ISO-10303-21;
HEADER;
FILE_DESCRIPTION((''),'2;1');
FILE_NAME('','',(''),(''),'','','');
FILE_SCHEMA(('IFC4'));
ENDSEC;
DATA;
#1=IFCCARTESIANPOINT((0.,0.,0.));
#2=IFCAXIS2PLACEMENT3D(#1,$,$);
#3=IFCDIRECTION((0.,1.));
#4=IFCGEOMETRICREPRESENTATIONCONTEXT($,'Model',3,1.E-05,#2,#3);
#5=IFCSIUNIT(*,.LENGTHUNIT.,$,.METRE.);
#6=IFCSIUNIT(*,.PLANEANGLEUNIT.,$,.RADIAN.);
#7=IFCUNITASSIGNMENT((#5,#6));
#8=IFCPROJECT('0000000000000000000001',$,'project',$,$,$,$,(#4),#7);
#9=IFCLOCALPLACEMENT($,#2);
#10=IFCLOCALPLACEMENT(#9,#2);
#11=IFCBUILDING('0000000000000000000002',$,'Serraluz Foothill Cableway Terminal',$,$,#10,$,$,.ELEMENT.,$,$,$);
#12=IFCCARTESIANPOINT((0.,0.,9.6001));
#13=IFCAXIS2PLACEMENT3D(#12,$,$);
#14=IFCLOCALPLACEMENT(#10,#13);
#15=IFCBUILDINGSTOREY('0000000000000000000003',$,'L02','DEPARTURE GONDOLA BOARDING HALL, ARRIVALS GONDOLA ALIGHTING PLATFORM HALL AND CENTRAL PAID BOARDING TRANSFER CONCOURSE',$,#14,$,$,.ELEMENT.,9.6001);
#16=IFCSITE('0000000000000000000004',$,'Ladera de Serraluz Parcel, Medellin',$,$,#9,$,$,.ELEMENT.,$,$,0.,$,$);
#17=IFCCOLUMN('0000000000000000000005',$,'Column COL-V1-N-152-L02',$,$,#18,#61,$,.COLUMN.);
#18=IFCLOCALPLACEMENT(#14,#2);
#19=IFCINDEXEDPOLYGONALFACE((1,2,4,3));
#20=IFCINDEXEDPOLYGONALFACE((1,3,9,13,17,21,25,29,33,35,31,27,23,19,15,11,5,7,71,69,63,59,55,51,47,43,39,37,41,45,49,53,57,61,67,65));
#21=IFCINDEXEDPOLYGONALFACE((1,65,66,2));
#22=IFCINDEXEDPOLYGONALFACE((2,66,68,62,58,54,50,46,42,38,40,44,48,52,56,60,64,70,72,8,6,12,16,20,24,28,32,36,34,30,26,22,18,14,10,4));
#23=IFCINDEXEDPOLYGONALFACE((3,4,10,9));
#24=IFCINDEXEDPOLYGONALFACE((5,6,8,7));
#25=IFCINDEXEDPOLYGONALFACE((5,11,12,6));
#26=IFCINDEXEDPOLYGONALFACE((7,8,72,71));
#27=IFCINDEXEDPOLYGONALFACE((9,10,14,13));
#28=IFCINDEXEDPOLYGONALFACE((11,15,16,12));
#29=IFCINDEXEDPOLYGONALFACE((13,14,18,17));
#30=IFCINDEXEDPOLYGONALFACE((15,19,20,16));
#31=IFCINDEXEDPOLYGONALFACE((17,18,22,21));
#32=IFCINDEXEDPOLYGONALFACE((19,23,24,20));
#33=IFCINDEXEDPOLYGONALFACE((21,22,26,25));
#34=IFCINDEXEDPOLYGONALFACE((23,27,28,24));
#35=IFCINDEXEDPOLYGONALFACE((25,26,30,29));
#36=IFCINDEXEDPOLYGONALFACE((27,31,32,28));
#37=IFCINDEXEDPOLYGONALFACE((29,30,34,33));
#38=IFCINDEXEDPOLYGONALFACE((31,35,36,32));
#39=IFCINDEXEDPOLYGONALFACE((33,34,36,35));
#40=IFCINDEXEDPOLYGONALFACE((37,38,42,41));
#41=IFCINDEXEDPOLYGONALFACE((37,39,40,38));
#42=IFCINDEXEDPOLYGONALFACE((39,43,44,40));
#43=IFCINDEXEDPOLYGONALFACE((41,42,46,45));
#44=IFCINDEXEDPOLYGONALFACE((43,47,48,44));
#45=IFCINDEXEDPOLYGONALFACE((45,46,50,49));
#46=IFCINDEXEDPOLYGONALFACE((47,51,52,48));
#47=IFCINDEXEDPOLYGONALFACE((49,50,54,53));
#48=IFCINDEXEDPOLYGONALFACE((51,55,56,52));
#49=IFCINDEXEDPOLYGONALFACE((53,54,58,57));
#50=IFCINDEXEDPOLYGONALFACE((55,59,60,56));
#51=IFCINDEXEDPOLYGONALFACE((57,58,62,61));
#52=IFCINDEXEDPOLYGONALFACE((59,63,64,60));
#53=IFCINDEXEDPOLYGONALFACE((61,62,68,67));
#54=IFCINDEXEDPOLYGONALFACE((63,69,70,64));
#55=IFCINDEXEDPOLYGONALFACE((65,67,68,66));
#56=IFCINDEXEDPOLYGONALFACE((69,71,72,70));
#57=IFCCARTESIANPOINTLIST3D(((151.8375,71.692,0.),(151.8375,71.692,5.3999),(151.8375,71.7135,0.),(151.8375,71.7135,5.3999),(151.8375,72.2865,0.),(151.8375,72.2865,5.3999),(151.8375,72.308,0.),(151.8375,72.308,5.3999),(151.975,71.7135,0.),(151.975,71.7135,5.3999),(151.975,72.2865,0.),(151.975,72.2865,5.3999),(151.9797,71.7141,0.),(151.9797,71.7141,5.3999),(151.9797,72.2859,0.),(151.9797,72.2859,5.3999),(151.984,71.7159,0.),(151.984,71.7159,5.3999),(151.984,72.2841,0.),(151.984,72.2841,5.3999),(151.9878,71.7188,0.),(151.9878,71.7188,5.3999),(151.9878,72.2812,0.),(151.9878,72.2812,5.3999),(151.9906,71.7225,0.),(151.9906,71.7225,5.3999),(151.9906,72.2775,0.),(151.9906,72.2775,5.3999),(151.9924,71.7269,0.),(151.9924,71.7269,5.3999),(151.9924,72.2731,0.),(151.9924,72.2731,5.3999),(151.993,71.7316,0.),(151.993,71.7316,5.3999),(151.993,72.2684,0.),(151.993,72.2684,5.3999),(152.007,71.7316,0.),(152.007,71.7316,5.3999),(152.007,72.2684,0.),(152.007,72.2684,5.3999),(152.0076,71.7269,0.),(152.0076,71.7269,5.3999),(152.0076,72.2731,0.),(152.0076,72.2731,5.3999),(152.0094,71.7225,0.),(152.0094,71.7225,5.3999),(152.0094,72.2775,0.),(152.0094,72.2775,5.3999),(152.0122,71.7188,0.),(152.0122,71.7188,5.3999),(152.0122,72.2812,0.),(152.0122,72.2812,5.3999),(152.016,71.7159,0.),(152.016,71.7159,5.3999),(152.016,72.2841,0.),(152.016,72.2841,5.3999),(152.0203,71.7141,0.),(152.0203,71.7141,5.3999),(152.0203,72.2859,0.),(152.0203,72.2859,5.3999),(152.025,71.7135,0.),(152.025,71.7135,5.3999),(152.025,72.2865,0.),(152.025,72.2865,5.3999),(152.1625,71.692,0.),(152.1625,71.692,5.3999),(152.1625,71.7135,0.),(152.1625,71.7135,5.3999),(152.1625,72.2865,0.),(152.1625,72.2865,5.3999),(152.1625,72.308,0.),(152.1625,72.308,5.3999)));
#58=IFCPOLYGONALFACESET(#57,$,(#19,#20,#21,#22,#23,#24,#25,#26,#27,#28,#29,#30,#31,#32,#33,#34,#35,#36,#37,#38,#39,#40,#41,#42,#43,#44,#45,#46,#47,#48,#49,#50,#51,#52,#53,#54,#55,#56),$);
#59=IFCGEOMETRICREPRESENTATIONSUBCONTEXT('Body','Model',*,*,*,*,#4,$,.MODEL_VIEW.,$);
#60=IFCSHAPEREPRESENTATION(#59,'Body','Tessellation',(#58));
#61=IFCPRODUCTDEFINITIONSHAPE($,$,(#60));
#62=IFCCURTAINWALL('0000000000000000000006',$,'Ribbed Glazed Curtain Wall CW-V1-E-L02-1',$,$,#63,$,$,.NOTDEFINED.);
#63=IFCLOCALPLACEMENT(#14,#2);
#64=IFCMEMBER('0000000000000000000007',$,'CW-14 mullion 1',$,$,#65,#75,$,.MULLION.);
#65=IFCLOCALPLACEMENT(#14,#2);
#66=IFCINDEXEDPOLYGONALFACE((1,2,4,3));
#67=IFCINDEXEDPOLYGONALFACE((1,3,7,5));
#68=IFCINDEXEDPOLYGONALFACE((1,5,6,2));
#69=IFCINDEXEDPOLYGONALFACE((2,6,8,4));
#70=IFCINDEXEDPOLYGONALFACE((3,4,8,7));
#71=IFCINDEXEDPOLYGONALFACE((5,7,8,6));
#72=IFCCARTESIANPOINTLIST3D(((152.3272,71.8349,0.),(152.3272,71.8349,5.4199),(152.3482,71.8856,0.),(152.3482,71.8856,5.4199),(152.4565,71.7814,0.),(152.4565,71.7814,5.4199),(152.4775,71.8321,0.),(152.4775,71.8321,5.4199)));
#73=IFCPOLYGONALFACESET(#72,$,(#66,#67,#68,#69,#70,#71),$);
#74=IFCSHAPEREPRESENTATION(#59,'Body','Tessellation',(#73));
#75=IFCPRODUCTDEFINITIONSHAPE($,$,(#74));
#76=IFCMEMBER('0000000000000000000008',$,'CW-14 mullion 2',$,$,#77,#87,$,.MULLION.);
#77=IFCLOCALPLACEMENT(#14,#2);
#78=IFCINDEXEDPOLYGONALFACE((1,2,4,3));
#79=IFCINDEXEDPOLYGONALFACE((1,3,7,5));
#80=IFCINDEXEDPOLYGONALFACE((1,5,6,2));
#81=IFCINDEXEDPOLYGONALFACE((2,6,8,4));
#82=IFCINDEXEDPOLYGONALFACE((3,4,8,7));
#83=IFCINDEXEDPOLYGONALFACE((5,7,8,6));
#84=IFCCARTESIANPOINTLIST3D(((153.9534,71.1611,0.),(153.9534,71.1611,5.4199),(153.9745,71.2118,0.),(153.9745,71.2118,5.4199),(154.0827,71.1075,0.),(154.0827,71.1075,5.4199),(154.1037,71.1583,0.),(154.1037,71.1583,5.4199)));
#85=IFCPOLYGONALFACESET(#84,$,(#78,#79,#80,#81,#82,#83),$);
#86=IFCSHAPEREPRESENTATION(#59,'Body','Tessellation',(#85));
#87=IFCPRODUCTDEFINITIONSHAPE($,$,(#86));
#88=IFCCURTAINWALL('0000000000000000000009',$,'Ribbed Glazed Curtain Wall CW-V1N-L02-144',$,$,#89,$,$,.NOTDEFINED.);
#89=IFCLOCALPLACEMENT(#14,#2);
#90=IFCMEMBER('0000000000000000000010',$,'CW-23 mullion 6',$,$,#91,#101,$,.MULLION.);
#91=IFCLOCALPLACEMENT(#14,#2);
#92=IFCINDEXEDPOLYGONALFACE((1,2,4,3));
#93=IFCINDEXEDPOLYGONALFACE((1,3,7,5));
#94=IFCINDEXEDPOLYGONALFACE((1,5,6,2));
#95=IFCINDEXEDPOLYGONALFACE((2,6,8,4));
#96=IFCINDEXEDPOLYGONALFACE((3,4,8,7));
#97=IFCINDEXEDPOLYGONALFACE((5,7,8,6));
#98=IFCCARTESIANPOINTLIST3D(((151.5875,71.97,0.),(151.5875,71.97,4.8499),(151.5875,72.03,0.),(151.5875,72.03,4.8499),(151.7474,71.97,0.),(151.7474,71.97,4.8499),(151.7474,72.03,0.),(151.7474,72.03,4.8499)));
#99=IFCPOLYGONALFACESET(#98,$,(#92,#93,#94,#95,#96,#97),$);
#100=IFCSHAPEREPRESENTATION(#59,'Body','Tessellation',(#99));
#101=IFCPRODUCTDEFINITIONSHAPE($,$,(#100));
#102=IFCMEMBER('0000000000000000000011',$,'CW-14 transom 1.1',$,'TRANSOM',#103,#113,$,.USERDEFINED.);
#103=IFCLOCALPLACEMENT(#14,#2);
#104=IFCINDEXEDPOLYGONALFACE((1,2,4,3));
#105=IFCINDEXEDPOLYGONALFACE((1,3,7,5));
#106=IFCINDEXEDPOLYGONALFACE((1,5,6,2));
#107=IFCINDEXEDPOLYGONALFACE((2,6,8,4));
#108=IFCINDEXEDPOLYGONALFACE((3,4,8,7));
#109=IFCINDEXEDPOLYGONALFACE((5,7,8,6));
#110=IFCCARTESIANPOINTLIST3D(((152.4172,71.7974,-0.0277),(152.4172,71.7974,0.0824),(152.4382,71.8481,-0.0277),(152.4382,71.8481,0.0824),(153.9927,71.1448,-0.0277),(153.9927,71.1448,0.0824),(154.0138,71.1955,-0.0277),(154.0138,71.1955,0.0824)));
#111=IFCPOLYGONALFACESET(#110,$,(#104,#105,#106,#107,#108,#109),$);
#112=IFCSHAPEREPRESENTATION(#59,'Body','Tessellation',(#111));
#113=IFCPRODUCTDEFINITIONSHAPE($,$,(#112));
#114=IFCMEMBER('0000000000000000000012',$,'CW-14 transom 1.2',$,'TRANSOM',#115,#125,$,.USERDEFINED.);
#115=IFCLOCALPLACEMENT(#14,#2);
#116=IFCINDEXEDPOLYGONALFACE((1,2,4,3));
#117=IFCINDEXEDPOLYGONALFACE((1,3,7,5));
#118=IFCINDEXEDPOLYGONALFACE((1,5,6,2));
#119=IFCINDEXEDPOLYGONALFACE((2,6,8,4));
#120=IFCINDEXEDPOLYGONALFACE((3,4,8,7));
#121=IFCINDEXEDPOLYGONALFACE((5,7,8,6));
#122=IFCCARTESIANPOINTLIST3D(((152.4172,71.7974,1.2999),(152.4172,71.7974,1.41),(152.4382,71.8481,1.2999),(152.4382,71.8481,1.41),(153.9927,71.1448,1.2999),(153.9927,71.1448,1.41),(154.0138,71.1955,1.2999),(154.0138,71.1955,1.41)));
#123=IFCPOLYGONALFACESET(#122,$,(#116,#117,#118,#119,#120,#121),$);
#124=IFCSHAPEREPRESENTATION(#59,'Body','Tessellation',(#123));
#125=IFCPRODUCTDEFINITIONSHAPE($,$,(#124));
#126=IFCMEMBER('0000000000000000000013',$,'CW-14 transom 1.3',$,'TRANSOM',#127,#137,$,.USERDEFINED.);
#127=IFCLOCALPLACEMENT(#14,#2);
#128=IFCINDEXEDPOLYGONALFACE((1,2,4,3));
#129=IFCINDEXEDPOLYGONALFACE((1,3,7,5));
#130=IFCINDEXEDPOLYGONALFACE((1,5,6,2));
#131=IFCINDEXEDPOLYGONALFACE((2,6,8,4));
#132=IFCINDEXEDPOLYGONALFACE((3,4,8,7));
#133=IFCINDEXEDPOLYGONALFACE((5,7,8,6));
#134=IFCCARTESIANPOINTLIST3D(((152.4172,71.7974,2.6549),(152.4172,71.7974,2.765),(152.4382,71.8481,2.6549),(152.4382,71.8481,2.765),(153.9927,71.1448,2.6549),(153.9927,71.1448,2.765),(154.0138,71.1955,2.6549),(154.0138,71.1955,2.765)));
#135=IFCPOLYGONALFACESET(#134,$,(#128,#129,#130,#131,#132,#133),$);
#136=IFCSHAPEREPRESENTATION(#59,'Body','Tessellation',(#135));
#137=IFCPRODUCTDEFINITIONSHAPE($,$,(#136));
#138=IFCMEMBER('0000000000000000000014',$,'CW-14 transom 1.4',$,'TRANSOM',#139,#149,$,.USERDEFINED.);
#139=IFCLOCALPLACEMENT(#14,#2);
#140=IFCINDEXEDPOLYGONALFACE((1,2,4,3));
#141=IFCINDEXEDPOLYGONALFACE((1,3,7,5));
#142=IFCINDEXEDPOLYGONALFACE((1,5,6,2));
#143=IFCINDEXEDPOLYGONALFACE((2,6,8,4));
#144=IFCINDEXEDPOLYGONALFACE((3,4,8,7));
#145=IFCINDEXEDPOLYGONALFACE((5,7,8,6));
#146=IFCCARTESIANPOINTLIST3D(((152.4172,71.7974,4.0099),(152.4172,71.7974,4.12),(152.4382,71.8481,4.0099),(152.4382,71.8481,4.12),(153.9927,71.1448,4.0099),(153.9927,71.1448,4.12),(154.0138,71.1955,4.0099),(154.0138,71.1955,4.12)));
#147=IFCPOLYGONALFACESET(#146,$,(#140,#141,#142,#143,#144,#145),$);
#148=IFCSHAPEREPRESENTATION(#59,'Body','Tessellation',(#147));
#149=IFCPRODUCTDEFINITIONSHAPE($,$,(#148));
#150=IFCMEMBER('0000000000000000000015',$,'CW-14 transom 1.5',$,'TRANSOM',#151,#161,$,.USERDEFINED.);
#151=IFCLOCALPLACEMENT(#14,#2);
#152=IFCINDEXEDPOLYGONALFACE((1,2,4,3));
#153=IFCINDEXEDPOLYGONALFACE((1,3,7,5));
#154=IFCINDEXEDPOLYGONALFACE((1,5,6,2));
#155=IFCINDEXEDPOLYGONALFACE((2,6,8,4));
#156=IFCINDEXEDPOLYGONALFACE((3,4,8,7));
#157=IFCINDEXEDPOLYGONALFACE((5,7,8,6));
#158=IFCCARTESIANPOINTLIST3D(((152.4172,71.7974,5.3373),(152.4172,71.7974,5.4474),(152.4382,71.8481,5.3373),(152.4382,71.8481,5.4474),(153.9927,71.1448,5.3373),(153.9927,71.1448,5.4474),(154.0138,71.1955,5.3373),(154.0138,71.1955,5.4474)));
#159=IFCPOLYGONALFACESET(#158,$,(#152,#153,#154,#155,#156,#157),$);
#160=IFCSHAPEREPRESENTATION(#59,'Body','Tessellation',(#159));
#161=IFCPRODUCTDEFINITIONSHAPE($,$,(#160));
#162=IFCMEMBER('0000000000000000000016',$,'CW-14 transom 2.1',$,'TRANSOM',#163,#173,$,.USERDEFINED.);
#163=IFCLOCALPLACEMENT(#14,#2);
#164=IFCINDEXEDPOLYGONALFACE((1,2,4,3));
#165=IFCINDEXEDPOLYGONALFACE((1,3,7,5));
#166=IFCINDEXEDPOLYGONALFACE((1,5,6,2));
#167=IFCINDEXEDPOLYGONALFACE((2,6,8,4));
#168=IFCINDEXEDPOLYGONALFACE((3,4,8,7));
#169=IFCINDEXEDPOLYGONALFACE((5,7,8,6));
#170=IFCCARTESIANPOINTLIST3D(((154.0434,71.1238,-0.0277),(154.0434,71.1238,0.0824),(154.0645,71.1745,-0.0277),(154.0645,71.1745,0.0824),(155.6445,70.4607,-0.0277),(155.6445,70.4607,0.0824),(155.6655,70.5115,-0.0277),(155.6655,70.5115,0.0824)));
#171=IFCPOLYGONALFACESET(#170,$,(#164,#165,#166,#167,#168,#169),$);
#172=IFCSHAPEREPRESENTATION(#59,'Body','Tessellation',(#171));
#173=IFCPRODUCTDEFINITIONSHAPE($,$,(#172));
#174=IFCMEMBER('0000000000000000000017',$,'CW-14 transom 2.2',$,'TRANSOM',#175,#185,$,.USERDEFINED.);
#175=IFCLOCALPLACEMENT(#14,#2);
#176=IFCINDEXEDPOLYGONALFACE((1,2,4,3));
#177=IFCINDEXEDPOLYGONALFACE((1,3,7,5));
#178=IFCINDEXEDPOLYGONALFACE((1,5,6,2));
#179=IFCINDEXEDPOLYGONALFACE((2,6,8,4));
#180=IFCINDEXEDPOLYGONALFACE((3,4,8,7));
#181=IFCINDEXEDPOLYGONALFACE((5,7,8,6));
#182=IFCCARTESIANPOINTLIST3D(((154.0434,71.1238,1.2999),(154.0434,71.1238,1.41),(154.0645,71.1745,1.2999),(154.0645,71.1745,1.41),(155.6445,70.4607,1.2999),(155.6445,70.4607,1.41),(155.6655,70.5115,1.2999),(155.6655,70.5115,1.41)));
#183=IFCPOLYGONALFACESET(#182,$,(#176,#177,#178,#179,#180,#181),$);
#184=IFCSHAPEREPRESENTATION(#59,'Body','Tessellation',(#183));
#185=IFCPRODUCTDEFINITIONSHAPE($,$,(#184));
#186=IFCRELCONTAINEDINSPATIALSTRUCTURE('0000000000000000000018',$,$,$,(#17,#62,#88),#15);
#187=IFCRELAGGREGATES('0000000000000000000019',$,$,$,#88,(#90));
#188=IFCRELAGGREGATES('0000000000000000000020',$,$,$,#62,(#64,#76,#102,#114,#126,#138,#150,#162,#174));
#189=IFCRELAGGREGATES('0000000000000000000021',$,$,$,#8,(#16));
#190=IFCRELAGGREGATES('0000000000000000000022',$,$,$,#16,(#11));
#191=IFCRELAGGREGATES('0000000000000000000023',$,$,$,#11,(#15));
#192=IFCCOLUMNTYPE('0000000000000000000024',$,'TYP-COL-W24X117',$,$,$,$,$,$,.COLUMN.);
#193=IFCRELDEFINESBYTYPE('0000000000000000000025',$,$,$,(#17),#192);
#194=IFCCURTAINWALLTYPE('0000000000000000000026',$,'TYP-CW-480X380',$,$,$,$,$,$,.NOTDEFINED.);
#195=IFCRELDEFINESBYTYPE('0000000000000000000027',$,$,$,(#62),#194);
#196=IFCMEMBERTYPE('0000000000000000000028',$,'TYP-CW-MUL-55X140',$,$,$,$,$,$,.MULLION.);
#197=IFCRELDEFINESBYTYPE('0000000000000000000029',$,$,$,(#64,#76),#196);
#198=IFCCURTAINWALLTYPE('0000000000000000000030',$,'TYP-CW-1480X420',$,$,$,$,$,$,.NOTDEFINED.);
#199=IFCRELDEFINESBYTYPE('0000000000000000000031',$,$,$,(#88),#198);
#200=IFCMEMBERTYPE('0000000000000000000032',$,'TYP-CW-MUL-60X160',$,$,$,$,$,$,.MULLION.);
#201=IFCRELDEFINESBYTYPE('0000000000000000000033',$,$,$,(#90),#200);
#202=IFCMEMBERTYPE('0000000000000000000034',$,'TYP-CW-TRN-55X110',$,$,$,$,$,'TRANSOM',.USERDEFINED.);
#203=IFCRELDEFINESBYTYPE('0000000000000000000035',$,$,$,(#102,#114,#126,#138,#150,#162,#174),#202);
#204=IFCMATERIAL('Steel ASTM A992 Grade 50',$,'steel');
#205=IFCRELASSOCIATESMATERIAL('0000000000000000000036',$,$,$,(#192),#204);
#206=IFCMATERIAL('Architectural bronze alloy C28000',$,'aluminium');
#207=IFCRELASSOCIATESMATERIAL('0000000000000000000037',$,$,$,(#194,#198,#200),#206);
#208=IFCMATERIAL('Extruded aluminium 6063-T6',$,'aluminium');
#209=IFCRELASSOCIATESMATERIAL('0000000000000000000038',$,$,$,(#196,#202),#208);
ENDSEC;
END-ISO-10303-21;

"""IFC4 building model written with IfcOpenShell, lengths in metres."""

from ifc_helpers import new_model, si_unit, direction, frame, origin, origin_2d, place, context, subcontext, project, spatial, rectangle, i_section, extrude, material, material_profile, profile_set, type_object, element, aggregate, save


model = new_model("IFC4")

# Units and contexts
model_context = context("Model", 3, precision=1e-05, world=origin(), true_north=direction((0.0, 1.0)))
body_context = subcontext(model_context, "Body", "Model", "MODEL_VIEW")
ifc_project = project(units=[si_unit("LENGTHUNIT", "METRE"), si_unit("PLANEANGLEUNIT", "RADIAN")], contexts=[model_context])

# Site, building, storey
site_placement = place(None, origin())
site = spatial("IfcSite", under=ifc_project, at=site_placement, Name="Ladera de Serraluz Parcel, Medellin", CompositionType="ELEMENT", RefElevation=0.0)
building_placement = place(site_placement, origin())
building = spatial("IfcBuilding", under=site, at=building_placement, Name="Serraluz Foothill Cableway Terminal", CompositionType="ELEMENT")
storey_placement = place(building_placement, frame((0.0, 0.0, 9.6001)))
storey = spatial("IfcBuildingStorey", under=building, at=storey_placement, Name="L02", Description="DEPARTURE GONDOLA BOARDING HALL, ARRIVALS GONDOLA ALIGHTING PLATFORM HALL AND CENTRAL PAID BOARDING TRANSFER CONCOURSE", CompositionType="ELEMENT", Elevation=9.6001)

# Column
ifc_material_1 = material(Name="Steel ASTM A992 Grade 50", Category="steel")
ifc_material_profile_1 = material_profile(ifc_material_1, i_section(OverallWidth=0.325, OverallDepth=0.616, WebThickness=0.0139, FlangeThickness=0.0215, FilletRadius=0.0181, at=origin_2d()), Name="W24X117")
ifc_profile_set_1 = profile_set([ifc_material_profile_1], Name="Steel ASTM A992 Grade 50")
column_type = type_object("IfcColumnType", Name="TYP-COL-W24X117", PredefinedType="COLUMN", material=ifc_profile_set_1)
column_placement = place(storey_placement, frame((152.0, 72.0, 0.0), z_axis=(0.0, 0.0, 1.0), x_axis=(1.0, 0.0, 0.0)))
element("IfcColumn", 1, at=column_placement, inside=storey, type_object=column_type, Name="Column COL-V1-N-152-L02", PredefinedType="COLUMN", context=body_context, shape_type="SweptSolid", body=[
    extrude(i_section(OverallWidth=0.325, OverallDepth=0.616, WebThickness=0.0139, FlangeThickness=0.0215, FilletRadius=0.0181, at=origin_2d()), origin(), (0.0, 0.0, 1.0), 5.3999),
])

# Curtain wall, members
ifc_material_2 = material(Name="Architectural bronze alloy C28000", Category="aluminium")
curtain_wall_type_1 = type_object("IfcCurtainWallType", Name="TYP-CW-480X380", PredefinedType="NOTDEFINED", material=ifc_material_2)
curtain_wall_1_placement = place(storey_placement, origin())
curtain_wall_1 = element("IfcCurtainWall", 2, at=curtain_wall_1_placement, inside=storey, type_object=curtain_wall_type_1, Name="Ribbed Glazed Curtain Wall CW-V1-E-L02-1", PredefinedType="NOTDEFINED")
ifc_material_3 = material(Name="Extruded aluminium 6063-T6", Category="aluminium")
ifc_material_profile_2 = material_profile(ifc_material_3, rectangle(XDim=0.0549, YDim=0.1399, at=origin_2d()), Name="ALU MULLION 55x140")
ifc_profile_set_2 = profile_set([ifc_material_profile_2], Name="Extruded aluminium 6063-T6")
member_type_1 = type_object("IfcMemberType", Name="TYP-CW-MUL-55X140", PredefinedType="MULLION", material=ifc_profile_set_2)
member_1_placement = place(storey_placement, frame((152.4023, 71.8335, 0.0), z_axis=(0.0, 0.0, 1.0), x_axis=(0.382682, 0.92388, 0.0)))
member_1 = element("IfcMember", 3, at=member_1_placement, type_object=member_type_1, Name="CW-14 mullion 1", PredefinedType="MULLION", context=body_context, shape_type="SweptSolid", body=[
    extrude(rectangle(XDim=0.0549, YDim=0.1399, at=origin_2d()), origin(), (0.0, 0.0, 1.0), 5.4199),
])
member_2_placement = place(storey_placement, frame((154.0286, 71.1597, 0.0), z_axis=(0.0, 0.0, 1.0), x_axis=(0.382682, 0.92388, 0.0)))
member_2 = element("IfcMember", 4, at=member_2_placement, type_object=member_type_1, Name="CW-14 mullion 2", PredefinedType="MULLION", context=body_context, shape_type="SweptSolid", body=[
    extrude(rectangle(XDim=0.0549, YDim=0.1399, at=origin_2d()), origin(), (0.0, 0.0, 1.0), 5.4199),
])

# Curtain wall, member
curtain_wall_type_2 = type_object("IfcCurtainWallType", Name="TYP-CW-1480X420", PredefinedType="NOTDEFINED", material=ifc_material_2)
curtain_wall_2_placement = place(storey_placement, origin())
curtain_wall_2 = element("IfcCurtainWall", 5, at=curtain_wall_2_placement, inside=storey, type_object=curtain_wall_type_2, Name="Ribbed Glazed Curtain Wall CW-V1N-L02-144", PredefinedType="NOTDEFINED")
ifc_material_profile_3 = material_profile(ifc_material_2, rectangle(XDim=0.0601, YDim=0.1599, at=origin_2d()), Name="ALU MULLION 60x160")
ifc_profile_set_3 = profile_set([ifc_material_profile_3], Name="Architectural bronze alloy C28000")
member_type_2 = type_object("IfcMemberType", Name="TYP-CW-MUL-60X160", PredefinedType="MULLION", material=ifc_profile_set_3)
member_3_placement = place(storey_placement, frame((151.6675, 72.0, 0.0), z_axis=(0.0, 0.0, 1.0), x_axis=(0.0, 1.0, 0.0)))
member_3 = element("IfcMember", 6, at=member_3_placement, type_object=member_type_2, Name="CW-23 mullion 6", PredefinedType="MULLION", context=body_context, shape_type="SweptSolid", body=[
    extrude(rectangle(XDim=0.0601, YDim=0.1599, at=origin_2d()), origin(), (0.0, 0.0, 1.0), 4.8499),
])

# Members
ifc_material_profile_4 = material_profile(ifc_material_3, rectangle(XDim=0.0549, YDim=0.1101, at=origin_2d()), Name="ALU TRANSOM 55x110")
ifc_profile_set_4 = profile_set([ifc_material_profile_4], Name="Extruded aluminium 6063-T6")
member_type_3 = type_object("IfcMemberType", Name="TYP-CW-TRN-55X110", ElementType="TRANSOM", PredefinedType="USERDEFINED", material=ifc_profile_set_4)
member_4_placement = place(storey_placement, frame((152.4277, 71.8228, 0.0273), z_axis=(0.923875, -0.382693, 0.0), x_axis=(0.382693, 0.923875, 0.0)))
member_4 = element("IfcMember", 7, at=member_4_placement, type_object=member_type_3, Name="CW-14 transom 1.1", ObjectType="TRANSOM", PredefinedType="USERDEFINED", context=body_context, shape_type="SweptSolid", body=[
    extrude(rectangle(XDim=0.0549, YDim=0.1101, at=origin_2d()), origin(), (0.0, 0.0, 1.0), 1.7053),
])
member_5_placement = place(storey_placement, frame((152.4277, 71.8228, 1.355), z_axis=(0.923875, -0.382693, 0.0), x_axis=(0.382693, 0.923875, 0.0)))
member_5 = element("IfcMember", 8, at=member_5_placement, type_object=member_type_3, Name="CW-14 transom 1.2", ObjectType="TRANSOM", PredefinedType="USERDEFINED", context=body_context, shape_type="SweptSolid", body=[
    extrude(rectangle(XDim=0.0549, YDim=0.1101, at=origin_2d()), origin(), (0.0, 0.0, 1.0), 1.7053),
])
member_6_placement = place(storey_placement, frame((152.4277, 71.8228, 2.71), z_axis=(0.923875, -0.382693, 0.0), x_axis=(0.382693, 0.923875, 0.0)))
member_6 = element("IfcMember", 9, at=member_6_placement, type_object=member_type_3, Name="CW-14 transom 1.3", ObjectType="TRANSOM", PredefinedType="USERDEFINED", context=body_context, shape_type="SweptSolid", body=[
    extrude(rectangle(XDim=0.0549, YDim=0.1101, at=origin_2d()), origin(), (0.0, 0.0, 1.0), 1.7053),
])
member_7_placement = place(storey_placement, frame((152.4277, 71.8228, 4.0649), z_axis=(0.923875, -0.382693, 0.0), x_axis=(0.382693, 0.923875, 0.0)))
member_7 = element("IfcMember", 10, at=member_7_placement, type_object=member_type_3, Name="CW-14 transom 1.4", ObjectType="TRANSOM", PredefinedType="USERDEFINED", context=body_context, shape_type="SweptSolid", body=[
    extrude(rectangle(XDim=0.0549, YDim=0.1101, at=origin_2d()), origin(), (0.0, 0.0, 1.0), 1.7053),
])
member_8_placement = place(storey_placement, frame((152.4277, 71.8228, 5.3923), z_axis=(0.923875, -0.382693, 0.0), x_axis=(0.382693, 0.923875, 0.0)))
member_8 = element("IfcMember", 11, at=member_8_placement, type_object=member_type_3, Name="CW-14 transom 1.5", ObjectType="TRANSOM", PredefinedType="USERDEFINED", context=body_context, shape_type="SweptSolid", body=[
    extrude(rectangle(XDim=0.0549, YDim=0.1101, at=origin_2d()), origin(), (0.0, 0.0, 1.0), 1.7053),
])
member_9_placement = place(storey_placement, frame((154.054, 71.1492, 0.0273), z_axis=(0.9239, -0.382634, 0.0), x_axis=(0.382634, 0.9239, 0.0)))
member_9 = element("IfcMember", 12, at=member_9_placement, type_object=member_type_3, Name="CW-14 transom 2.1", ObjectType="TRANSOM", PredefinedType="USERDEFINED", context=body_context, shape_type="SweptSolid", body=[
    extrude(rectangle(XDim=0.0549, YDim=0.1101, at=origin_2d()), origin(), (0.0, 0.0, 1.0), 1.7329),
])
member_10_placement = place(storey_placement, frame((154.054, 71.1492, 1.355), z_axis=(0.9239, -0.382634, 0.0), x_axis=(0.382634, 0.9239, 0.0)))
member_10 = element("IfcMember", 13, at=member_10_placement, type_object=member_type_3, Name="CW-14 transom 2.2", ObjectType="TRANSOM", PredefinedType="USERDEFINED", context=body_context, shape_type="SweptSolid", body=[
    extrude(rectangle(XDim=0.0549, YDim=0.1101, at=origin_2d()), origin(), (0.0, 0.0, 1.0), 1.7329),
])

aggregate(curtain_wall_2, [member_3])
aggregate(curtain_wall_1, [member_1, member_2, member_4, member_5, member_6, member_7, member_8, member_9, member_10])

save(model, "model.ifc")
